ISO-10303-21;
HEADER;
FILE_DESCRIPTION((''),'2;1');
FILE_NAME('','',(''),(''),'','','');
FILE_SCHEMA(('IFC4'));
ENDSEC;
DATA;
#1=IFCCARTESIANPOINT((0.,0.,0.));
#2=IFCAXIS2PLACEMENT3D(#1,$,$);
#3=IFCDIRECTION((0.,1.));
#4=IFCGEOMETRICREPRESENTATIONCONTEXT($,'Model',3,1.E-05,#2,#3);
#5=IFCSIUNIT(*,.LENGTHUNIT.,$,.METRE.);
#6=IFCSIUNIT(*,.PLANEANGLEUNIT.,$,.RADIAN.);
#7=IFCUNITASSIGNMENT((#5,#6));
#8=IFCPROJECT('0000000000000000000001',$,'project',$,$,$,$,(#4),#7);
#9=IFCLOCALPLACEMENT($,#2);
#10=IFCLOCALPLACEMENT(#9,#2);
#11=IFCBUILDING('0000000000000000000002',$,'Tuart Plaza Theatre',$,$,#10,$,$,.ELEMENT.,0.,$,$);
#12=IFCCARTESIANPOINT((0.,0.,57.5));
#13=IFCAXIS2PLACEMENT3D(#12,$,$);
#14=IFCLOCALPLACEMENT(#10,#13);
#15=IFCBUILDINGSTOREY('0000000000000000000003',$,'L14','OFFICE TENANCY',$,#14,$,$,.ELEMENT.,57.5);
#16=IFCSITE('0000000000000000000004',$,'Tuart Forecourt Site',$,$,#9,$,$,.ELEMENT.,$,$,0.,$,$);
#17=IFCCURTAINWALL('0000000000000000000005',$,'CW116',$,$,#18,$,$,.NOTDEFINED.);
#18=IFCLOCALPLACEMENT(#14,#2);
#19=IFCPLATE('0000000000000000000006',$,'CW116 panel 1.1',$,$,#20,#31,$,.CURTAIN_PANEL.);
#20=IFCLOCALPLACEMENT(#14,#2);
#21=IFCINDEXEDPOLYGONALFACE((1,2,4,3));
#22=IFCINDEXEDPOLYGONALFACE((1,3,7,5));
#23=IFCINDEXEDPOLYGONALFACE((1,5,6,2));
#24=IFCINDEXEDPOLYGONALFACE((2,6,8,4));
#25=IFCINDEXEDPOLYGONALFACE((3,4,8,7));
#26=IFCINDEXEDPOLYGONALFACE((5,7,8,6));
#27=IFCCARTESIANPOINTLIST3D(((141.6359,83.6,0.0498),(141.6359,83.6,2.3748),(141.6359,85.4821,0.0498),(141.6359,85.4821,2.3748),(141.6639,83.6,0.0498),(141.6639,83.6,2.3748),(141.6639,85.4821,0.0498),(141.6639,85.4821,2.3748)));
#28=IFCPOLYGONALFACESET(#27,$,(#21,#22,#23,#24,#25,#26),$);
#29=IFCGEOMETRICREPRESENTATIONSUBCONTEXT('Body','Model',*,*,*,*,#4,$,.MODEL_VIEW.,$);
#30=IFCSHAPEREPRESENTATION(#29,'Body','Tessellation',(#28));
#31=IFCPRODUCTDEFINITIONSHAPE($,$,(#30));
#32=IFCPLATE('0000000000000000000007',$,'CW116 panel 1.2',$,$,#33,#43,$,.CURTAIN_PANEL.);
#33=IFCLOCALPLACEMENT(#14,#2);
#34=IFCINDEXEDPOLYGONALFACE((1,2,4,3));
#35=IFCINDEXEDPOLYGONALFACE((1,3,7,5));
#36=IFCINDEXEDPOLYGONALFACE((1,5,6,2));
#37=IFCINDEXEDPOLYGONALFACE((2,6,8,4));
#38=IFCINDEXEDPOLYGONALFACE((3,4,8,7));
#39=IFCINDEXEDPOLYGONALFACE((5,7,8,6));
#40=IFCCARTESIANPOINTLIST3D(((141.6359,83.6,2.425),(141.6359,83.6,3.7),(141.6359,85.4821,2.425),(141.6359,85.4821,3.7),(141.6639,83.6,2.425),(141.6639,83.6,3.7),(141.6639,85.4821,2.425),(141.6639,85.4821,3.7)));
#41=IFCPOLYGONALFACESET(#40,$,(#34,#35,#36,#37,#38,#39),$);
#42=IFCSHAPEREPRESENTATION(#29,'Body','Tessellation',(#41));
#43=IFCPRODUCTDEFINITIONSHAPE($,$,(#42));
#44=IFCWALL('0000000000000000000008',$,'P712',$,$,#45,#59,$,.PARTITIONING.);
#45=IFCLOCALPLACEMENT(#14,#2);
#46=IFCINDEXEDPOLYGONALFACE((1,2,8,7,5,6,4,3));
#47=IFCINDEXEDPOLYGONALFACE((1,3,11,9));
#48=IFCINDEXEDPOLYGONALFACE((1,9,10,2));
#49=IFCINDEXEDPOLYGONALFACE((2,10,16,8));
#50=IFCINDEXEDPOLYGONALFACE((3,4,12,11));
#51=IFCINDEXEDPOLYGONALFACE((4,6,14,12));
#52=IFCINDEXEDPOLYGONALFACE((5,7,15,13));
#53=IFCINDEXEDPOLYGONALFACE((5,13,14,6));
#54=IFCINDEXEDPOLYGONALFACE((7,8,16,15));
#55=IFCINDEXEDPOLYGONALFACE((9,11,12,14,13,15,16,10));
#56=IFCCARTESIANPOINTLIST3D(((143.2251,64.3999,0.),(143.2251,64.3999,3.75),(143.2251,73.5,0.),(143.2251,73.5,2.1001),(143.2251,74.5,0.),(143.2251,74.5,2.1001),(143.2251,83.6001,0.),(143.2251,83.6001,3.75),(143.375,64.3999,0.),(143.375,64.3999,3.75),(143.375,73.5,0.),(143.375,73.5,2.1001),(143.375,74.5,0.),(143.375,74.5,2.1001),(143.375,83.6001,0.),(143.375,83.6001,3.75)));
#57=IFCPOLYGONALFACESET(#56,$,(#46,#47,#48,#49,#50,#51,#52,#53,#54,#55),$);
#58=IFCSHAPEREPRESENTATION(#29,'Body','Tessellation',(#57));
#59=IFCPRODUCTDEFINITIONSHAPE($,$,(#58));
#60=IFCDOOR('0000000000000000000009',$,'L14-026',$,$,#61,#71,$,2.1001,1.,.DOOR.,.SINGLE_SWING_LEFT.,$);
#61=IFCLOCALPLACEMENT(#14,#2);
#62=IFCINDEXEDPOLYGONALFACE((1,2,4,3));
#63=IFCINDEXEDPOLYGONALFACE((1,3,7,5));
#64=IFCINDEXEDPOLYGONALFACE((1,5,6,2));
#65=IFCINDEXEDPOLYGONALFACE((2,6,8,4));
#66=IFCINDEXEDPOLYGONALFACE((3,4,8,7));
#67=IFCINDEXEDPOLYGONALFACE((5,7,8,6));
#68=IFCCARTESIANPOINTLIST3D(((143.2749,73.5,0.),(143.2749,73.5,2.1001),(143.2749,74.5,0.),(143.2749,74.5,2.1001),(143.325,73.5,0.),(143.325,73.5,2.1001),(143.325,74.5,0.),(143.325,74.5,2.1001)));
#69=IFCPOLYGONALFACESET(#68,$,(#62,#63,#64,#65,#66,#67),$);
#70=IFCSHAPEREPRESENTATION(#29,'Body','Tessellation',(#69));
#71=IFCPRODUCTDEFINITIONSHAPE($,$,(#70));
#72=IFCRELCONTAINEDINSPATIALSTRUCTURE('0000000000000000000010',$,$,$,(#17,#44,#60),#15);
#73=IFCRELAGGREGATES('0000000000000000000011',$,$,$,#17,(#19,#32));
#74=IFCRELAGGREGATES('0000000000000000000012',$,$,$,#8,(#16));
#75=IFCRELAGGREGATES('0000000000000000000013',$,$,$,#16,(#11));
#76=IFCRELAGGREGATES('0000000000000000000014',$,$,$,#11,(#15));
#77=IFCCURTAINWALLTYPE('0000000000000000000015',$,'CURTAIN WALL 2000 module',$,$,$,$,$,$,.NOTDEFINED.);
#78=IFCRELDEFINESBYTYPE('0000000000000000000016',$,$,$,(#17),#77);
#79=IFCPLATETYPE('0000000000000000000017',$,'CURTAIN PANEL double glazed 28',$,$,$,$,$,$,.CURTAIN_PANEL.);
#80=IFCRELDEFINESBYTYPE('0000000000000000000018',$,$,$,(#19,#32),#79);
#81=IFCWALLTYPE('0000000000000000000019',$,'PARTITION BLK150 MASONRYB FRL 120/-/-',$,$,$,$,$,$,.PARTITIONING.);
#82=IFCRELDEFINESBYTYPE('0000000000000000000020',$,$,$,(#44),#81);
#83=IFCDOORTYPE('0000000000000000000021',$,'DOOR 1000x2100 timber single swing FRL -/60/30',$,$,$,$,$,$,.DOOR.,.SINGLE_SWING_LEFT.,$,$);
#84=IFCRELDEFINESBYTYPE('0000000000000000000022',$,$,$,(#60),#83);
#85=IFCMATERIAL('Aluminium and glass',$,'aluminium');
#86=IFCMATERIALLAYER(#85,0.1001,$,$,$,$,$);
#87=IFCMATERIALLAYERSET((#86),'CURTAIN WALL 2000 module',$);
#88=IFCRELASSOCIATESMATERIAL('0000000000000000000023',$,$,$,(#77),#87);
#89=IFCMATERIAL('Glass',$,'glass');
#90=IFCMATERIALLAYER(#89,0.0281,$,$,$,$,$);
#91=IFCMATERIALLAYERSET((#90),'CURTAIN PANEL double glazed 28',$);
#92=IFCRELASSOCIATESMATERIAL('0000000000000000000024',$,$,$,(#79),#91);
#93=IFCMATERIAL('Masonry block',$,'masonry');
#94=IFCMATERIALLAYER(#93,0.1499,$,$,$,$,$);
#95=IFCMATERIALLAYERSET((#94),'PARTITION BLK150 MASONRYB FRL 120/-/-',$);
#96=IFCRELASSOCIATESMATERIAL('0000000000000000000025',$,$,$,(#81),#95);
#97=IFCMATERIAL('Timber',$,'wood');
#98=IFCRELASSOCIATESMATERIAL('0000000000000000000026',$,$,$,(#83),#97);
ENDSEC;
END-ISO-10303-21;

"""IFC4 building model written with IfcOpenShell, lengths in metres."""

from ifc_helpers import new_model, si_unit, direction, frame, frame_2d, origin, origin_2d, place, context, subcontext, project, spatial, rectangle, extrude, material, layer, layer_set, type_object, element, fill, aggregate, save


model = new_model("IFC4")

# Units and contexts
model_context = context("Model", 3, precision=1e-05, world=origin(), true_north=direction((0.0, 1.0)))
body_context = subcontext(model_context, "Body", "Model", "MODEL_VIEW")
ifc_project = project(units=[si_unit("LENGTHUNIT", "METRE"), si_unit("PLANEANGLEUNIT", "RADIAN")], contexts=[model_context])

# Site, building, storey
site_placement = place(None, origin())
site = spatial("IfcSite", under=ifc_project, at=site_placement, Name="Tuart Forecourt Site", CompositionType="ELEMENT", RefElevation=0.0)
building_placement = place(site_placement, origin())
building = spatial("IfcBuilding", under=site, at=building_placement, Name="Tuart Plaza Theatre", CompositionType="ELEMENT", ElevationOfRefHeight=0.0)
storey_placement = place(building_placement, frame((0.0, 0.0, 57.5)))
storey = spatial("IfcBuildingStorey", under=building, at=storey_placement, Name="L14", Description="OFFICE TENANCY", CompositionType="ELEMENT", Elevation=57.5)

# Curtain wall
ifc_material_1 = material(Name="Aluminium and glass", Category="aluminium")
ifc_layer_1 = layer(ifc_material_1, 0.1001)
ifc_layer_set_1 = layer_set([ifc_layer_1], Name="CURTAIN WALL 2000 module")
curtain_wall_type = type_object("IfcCurtainWallType", Name="CURTAIN WALL 2000 module", PredefinedType="NOTDEFINED", material=ifc_layer_set_1)
curtain_wall_1_placement = place(storey_placement, origin())
curtain_wall_1 = element("IfcCurtainWall", 1, at=curtain_wall_1_placement, inside=storey, type_object=curtain_wall_type, Name="CW116", PredefinedType="NOTDEFINED")

# Plates
ifc_material_2 = material(Name="Glass", Category="glass")
ifc_layer_2 = layer(ifc_material_2, 0.0281)
ifc_layer_set_2 = layer_set([ifc_layer_2], Name="CURTAIN PANEL double glazed 28")
plate_type = type_object("IfcPlateType", Name="CURTAIN PANEL double glazed 28", PredefinedType="CURTAIN_PANEL", material=ifc_layer_set_2)
plate_1_placement = place(storey_placement, frame((141.6499, 84.541, 0.0498), z_axis=(0.0, 0.0, 1.0), x_axis=(0.0, 1.0, 0.0)))
plate_1 = element("IfcPlate", 2, at=plate_1_placement, type_object=plate_type, Name="CW116 panel 1.1", PredefinedType="CURTAIN_PANEL", context=body_context, shape_type="SweptSolid", body=[
    extrude(rectangle(XDim=1.8821, YDim=0.0281, at=origin_2d()), origin(), (0.0, 0.0, 1.0), 2.325),
])
plate_2_placement = place(storey_placement, frame((141.6499, 84.541, 2.425), z_axis=(0.0, 0.0, 1.0), x_axis=(0.0, 1.0, 0.0)))
plate_2 = element("IfcPlate", 3, at=plate_2_placement, type_object=plate_type, Name="CW116 panel 1.2", PredefinedType="CURTAIN_PANEL", context=body_context, shape_type="SweptSolid", body=[
    extrude(rectangle(XDim=1.8821, YDim=0.0281, at=origin_2d()), origin(), (0.0, 0.0, 1.0), 1.2749),
])
aggregate(curtain_wall_1, [plate_1, plate_2])

# Wall, opening, door
ifc_material_3 = material(Name="Masonry block", Category="masonry")
ifc_layer_3 = layer(ifc_material_3, 0.1499)
ifc_layer_set_3 = layer_set([ifc_layer_3], Name="PARTITION BLK150 MASONRYB FRL 120/-/-")
wall_type = type_object("IfcWallType", Name="PARTITION BLK150 MASONRYB FRL 120/-/-", PredefinedType="PARTITIONING", material=ifc_layer_set_3)
wall_placement = place(storey_placement, frame((143.3, 83.6001, 0.0), z_axis=(0.0, 0.0, 1.0), x_axis=(0.0, -1.0, 0.0)))
wall = element("IfcWall", 4, at=wall_placement, inside=storey, type_object=wall_type, Name="P712", PredefinedType="PARTITIONING", context=body_context, shape_type="SweptSolid", body=[
    extrude(rectangle(XDim=19.2002, YDim=0.1499, at=frame_2d((9.6001, 0.0))), origin(), (0.0, 0.0, 1.0), 3.75),
])
opening_placement = place(wall_placement, frame((9.1001, 0.0, 0.0)))
opening = element("IfcOpeningElement", 5, at=opening_placement, cuts=wall, PredefinedType="OPENING", context=body_context, shape_type="SweptSolid", body=[
    extrude(rectangle(XDim=1.0, YDim=2.1001, at=frame_2d((0.5, 1.05))), frame((0.0, 0.085, 0.0), z_axis=(0.0, -1.0, 0.0), x_axis=(1.0, 0.0, 0.0)), (0.0, 0.0, 1.0), 0.1699),
])
ifc_material_4 = material(Name="Timber", Category="wood")
door_type = type_object("IfcDoorType", Name="DOOR 1000x2100 timber single swing FRL -/60/30", OperationType="SINGLE_SWING_LEFT", PredefinedType="DOOR", material=ifc_material_4)
door_placement = place(opening_placement, origin())
door = element("IfcDoor", 6, at=door_placement, inside=storey, type_object=door_type, Name="L14-026", OperationType="SINGLE_SWING_LEFT", OverallHeight=2.1001, OverallWidth=1.0, PredefinedType="DOOR", context=body_context, shape_type="SweptSolid", body=[
    extrude(rectangle(XDim=1.0, YDim=2.1001, at=frame_2d((0.5, 1.05))), frame((0.0, 0.0249, 0.0), z_axis=(0.0, -1.0, 0.0), x_axis=(1.0, 0.0, 0.0)), (0.0, 0.0, 1.0), 0.05),
])
fill(opening, door)

save(model, "model.ifc")
